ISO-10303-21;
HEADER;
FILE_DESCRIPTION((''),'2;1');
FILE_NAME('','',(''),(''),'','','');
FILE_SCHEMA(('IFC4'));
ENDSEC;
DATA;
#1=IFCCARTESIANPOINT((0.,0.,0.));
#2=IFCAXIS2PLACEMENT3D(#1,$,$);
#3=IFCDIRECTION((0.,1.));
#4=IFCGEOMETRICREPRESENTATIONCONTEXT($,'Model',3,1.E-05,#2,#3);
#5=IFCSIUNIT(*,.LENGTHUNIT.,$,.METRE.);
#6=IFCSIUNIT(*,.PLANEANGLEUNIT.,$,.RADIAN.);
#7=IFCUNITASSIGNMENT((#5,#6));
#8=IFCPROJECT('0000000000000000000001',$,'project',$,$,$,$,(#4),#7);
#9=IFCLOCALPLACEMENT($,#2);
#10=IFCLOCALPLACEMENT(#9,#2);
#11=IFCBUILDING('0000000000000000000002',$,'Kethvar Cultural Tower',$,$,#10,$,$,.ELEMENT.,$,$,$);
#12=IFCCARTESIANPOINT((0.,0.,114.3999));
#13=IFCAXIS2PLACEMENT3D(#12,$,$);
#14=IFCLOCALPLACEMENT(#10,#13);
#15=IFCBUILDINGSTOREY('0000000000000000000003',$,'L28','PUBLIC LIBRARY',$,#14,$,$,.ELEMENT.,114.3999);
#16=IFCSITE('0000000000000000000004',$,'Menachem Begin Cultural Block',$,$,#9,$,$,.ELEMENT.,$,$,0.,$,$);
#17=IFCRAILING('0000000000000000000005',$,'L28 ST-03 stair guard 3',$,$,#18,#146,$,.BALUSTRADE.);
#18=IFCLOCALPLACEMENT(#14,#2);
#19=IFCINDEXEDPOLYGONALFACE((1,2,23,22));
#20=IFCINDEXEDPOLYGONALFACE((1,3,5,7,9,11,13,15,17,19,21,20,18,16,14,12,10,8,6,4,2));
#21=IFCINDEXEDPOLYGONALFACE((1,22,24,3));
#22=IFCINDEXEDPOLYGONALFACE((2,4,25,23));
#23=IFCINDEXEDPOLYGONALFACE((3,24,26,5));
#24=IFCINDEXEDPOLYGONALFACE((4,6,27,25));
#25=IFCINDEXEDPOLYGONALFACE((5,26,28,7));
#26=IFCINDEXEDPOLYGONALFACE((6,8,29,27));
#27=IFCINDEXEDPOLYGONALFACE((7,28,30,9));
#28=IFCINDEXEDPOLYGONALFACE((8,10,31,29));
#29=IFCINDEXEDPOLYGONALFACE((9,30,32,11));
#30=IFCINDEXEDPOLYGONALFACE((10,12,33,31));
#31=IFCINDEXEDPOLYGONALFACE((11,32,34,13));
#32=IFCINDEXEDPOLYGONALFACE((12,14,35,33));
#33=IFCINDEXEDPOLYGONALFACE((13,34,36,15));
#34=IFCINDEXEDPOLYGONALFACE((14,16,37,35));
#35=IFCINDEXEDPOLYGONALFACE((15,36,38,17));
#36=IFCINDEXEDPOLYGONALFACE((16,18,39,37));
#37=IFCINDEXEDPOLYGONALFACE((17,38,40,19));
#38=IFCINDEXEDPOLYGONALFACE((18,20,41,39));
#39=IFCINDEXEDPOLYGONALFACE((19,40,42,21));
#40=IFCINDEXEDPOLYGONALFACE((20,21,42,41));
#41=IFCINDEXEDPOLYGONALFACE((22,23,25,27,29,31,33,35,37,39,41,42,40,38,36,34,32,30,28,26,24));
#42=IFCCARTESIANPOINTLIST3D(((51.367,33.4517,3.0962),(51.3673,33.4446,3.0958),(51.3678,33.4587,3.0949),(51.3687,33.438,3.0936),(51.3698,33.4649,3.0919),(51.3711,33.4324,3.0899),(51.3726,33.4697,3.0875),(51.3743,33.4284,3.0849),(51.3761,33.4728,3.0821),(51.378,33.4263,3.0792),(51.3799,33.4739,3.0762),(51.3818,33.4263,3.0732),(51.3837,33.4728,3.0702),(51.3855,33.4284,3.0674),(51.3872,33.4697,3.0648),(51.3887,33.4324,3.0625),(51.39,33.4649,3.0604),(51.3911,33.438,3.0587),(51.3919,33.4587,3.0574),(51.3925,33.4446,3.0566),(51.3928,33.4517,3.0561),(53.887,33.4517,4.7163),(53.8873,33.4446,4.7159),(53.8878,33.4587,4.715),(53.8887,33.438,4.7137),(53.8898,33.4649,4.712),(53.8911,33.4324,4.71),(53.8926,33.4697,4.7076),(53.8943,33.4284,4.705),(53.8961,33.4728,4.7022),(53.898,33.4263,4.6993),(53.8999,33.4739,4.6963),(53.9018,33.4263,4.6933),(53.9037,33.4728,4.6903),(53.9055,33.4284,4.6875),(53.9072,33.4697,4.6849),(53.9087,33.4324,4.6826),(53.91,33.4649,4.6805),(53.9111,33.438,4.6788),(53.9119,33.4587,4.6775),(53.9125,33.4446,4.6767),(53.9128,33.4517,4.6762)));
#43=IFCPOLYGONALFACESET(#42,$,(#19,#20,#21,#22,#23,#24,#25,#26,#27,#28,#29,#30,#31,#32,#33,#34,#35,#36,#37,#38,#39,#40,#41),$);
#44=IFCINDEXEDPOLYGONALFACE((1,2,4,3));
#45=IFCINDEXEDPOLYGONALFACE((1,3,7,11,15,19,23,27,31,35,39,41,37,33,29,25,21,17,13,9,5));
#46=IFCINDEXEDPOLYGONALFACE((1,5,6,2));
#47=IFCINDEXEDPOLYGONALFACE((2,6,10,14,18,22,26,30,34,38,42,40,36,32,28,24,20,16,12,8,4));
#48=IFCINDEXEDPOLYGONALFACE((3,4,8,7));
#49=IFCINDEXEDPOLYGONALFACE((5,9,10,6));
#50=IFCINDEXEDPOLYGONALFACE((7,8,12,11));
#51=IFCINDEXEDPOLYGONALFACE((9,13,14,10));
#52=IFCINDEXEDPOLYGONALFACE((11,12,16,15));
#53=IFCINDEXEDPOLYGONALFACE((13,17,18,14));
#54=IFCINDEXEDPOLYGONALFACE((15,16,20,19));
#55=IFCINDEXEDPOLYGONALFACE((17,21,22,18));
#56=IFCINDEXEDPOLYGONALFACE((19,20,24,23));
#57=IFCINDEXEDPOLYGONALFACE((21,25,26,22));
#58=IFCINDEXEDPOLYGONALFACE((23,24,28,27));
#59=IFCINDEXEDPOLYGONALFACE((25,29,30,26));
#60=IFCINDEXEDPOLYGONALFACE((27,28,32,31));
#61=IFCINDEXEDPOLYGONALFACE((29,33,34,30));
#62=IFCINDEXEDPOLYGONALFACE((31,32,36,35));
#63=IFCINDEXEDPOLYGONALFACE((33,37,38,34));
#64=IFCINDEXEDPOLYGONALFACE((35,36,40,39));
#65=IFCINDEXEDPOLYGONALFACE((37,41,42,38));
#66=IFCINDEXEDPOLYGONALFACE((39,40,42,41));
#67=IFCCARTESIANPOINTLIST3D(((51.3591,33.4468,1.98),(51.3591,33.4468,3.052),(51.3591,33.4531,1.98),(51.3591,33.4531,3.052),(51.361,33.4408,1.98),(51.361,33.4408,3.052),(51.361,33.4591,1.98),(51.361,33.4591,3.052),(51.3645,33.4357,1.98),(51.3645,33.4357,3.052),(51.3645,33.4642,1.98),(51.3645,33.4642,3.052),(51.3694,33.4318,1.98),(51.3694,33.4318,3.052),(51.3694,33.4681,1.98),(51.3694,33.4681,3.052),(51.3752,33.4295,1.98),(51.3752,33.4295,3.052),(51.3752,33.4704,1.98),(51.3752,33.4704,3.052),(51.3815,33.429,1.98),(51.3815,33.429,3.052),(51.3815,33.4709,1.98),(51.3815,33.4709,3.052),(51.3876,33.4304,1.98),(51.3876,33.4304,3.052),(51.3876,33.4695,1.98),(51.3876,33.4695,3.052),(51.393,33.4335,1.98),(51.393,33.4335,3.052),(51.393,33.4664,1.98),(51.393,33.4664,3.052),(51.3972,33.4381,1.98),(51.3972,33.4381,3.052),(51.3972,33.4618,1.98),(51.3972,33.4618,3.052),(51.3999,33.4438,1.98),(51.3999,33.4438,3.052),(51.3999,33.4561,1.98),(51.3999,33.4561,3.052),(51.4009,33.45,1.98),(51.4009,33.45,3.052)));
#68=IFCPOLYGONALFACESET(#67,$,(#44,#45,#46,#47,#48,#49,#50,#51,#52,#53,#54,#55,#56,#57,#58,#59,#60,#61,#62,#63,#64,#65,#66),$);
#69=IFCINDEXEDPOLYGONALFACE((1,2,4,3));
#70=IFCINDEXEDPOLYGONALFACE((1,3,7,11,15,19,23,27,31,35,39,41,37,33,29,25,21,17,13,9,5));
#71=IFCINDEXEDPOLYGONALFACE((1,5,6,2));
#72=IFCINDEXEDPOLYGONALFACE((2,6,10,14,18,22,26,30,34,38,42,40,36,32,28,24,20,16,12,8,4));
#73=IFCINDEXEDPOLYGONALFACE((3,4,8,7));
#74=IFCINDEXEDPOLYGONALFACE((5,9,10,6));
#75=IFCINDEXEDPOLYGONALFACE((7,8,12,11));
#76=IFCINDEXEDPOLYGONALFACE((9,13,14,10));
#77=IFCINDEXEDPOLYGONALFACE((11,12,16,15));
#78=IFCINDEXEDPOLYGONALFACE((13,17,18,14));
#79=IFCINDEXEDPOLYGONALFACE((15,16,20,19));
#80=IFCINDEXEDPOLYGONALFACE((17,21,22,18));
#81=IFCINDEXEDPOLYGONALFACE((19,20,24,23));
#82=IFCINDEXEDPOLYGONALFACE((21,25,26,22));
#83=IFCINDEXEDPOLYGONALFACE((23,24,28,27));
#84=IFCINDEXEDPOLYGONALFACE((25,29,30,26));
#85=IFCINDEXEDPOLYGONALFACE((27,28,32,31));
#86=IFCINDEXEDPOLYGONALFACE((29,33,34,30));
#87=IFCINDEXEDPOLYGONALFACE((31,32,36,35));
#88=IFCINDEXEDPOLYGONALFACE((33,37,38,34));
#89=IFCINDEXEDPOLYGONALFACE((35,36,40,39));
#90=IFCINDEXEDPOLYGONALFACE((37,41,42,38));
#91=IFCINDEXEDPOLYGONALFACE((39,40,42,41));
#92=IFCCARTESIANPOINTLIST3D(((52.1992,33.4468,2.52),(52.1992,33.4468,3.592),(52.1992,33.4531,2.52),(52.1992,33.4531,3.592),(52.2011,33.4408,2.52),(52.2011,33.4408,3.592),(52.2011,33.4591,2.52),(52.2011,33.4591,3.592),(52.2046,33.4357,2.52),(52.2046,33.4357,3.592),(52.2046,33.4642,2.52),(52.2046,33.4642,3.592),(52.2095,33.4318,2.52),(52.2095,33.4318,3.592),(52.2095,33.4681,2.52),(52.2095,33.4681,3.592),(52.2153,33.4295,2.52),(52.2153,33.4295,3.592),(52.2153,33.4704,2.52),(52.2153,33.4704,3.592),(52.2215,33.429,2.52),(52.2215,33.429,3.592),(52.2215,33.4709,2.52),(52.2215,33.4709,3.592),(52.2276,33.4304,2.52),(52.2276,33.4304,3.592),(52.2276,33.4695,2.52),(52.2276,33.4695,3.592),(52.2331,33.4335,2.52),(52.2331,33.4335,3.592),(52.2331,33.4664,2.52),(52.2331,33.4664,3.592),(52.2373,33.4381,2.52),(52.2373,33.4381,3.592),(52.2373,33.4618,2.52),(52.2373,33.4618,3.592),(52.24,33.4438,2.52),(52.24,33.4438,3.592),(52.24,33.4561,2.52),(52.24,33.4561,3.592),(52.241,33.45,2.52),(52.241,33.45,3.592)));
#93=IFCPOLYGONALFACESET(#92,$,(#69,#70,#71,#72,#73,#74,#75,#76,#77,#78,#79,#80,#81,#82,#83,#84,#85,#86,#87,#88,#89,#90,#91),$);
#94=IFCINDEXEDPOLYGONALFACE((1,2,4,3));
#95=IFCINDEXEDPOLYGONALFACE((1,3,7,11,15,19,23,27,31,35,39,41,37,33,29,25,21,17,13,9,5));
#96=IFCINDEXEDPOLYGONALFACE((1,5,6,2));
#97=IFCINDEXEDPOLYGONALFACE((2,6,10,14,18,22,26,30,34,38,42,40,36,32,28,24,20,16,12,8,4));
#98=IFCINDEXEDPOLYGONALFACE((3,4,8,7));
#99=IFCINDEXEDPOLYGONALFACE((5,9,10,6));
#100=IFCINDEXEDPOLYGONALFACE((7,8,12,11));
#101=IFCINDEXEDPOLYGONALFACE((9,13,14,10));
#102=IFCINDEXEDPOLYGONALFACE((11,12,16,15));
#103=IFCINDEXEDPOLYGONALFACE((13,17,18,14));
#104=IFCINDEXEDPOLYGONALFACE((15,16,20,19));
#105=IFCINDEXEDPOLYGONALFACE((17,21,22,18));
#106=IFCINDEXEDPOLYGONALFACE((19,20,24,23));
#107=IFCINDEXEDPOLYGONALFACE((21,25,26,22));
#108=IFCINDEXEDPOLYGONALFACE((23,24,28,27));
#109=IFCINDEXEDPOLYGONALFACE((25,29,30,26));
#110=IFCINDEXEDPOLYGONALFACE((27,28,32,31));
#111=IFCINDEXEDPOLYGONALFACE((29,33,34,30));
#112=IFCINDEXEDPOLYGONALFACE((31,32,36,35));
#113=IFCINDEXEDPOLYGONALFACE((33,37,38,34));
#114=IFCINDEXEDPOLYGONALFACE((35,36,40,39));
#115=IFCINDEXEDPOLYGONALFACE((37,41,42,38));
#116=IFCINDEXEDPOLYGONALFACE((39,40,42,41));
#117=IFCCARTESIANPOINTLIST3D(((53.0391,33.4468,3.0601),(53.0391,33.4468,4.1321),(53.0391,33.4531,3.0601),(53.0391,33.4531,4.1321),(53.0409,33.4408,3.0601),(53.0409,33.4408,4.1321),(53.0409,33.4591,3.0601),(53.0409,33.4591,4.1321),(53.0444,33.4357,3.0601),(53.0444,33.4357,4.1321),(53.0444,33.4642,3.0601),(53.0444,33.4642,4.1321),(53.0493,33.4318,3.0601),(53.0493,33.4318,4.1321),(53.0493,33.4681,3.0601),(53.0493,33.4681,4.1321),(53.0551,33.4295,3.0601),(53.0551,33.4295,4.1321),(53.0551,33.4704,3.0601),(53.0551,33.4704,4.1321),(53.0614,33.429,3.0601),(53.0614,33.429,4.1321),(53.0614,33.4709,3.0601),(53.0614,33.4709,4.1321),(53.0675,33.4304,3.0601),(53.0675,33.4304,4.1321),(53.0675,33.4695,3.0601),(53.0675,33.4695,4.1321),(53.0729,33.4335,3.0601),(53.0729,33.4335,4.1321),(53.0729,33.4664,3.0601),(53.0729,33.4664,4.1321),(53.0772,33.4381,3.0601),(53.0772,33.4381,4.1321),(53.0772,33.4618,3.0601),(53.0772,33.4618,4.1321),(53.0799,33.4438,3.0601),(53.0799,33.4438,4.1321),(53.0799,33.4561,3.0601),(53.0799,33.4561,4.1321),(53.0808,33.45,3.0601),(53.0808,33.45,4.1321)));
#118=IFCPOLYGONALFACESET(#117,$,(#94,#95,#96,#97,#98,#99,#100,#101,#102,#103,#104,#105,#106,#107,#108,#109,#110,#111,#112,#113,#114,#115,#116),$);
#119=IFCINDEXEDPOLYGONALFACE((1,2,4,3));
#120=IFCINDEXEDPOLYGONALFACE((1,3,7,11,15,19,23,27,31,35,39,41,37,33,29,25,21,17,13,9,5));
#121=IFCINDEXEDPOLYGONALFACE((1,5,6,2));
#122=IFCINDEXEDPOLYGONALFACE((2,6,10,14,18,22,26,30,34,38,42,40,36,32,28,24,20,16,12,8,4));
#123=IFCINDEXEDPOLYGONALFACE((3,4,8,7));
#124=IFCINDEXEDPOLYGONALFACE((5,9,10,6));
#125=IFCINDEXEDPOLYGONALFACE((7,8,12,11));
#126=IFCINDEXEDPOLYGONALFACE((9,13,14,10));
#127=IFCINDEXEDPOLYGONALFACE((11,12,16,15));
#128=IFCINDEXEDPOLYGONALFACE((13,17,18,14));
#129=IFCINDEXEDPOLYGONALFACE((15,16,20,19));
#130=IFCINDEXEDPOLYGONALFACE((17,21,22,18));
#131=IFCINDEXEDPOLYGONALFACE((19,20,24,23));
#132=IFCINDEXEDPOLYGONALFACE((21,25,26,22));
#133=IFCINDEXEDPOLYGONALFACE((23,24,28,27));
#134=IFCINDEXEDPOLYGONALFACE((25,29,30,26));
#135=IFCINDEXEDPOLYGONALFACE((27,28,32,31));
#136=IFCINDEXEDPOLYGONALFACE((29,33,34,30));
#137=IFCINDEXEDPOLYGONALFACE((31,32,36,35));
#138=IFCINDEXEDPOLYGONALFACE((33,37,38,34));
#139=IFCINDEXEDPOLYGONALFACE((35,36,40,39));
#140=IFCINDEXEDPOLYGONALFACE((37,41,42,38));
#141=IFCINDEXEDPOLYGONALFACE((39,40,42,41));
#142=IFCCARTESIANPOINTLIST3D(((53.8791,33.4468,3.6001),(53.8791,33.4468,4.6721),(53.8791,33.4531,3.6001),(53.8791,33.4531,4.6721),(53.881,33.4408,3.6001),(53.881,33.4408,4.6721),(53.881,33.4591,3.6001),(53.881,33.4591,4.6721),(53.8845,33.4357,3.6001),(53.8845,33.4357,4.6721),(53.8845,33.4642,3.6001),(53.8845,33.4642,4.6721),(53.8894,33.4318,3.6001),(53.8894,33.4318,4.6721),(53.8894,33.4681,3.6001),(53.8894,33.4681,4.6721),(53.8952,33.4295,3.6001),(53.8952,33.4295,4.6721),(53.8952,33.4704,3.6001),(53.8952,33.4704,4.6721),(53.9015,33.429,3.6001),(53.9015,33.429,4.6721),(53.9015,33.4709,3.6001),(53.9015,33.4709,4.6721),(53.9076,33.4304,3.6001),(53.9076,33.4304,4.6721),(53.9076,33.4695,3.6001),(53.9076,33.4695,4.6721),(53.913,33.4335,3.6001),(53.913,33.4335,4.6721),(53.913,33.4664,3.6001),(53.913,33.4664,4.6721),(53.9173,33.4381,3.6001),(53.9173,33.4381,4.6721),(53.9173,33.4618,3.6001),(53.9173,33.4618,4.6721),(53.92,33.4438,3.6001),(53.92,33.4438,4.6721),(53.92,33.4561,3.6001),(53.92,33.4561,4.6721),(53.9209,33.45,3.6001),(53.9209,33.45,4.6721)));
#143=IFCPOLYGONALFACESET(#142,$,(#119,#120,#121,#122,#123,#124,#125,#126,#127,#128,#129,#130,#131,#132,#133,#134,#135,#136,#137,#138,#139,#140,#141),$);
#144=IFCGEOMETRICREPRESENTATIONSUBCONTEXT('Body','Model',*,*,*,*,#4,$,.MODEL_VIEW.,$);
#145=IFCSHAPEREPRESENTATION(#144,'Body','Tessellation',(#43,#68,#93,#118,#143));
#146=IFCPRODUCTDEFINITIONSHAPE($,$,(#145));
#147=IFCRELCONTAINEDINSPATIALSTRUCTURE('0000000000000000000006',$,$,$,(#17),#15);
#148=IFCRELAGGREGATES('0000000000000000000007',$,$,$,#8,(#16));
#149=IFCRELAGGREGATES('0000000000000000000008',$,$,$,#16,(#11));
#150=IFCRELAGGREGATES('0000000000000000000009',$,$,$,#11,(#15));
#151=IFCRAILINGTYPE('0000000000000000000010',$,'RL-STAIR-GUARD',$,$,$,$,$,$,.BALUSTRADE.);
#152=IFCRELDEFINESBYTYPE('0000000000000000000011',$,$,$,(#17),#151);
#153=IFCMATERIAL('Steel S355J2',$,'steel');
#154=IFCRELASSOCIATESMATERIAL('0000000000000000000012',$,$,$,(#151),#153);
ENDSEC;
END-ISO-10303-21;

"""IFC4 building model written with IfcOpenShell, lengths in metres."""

from ifc_helpers import new_model, si_unit, direction, frame, origin, origin_2d, place, context, subcontext, project, spatial, circle, extrude, material, type_object, element, save


model = new_model("IFC4")

# Units and contexts
model_context = context("Model", 3, precision=1e-05, world=origin(), true_north=direction((0.0, 1.0)))
body_context = subcontext(model_context, "Body", "Model", "MODEL_VIEW")
ifc_project = project(units=[si_unit("LENGTHUNIT", "METRE"), si_unit("PLANEANGLEUNIT", "RADIAN")], contexts=[model_context])

# Site, building, storey
site_placement = place(None, origin())
site = spatial("IfcSite", under=ifc_project, at=site_placement, Name="Menachem Begin Cultural Block", CompositionType="ELEMENT", RefElevation=0.0)
building_placement = place(site_placement, origin())
building = spatial("IfcBuilding", under=site, at=building_placement, Name="Kethvar Cultural Tower", CompositionType="ELEMENT")
storey_placement = place(building_placement, frame((0.0, 0.0, 114.3999)))
storey = spatial("IfcBuildingStorey", under=building, at=storey_placement, Name="L28", Description="PUBLIC LIBRARY", CompositionType="ELEMENT", Elevation=114.3999)

# Shared definitions
ifc_material_1 = material(Name="Steel S355J2", Category="steel")

# Railing
railing_type_1 = type_object("IfcRailingType", Name="RL-STAIR-GUARD", PredefinedType="BALUSTRADE", material=ifc_material_1)
railing_1_placement = place(storey_placement, frame((51.3799, 33.45, 1.98)))
element("IfcRailing", 1, at=railing_1_placement, inside=storey, type_object=railing_type_1, Name="L28 ST-03 stair guard 3", PredefinedType="BALUSTRADE", context=body_context, shape_type="SweptSolid", body=[
    extrude(circle(Radius=0.0239, at=origin_2d()), frame((0.0, 0.0, 1.0962), z_axis=(0.841163, 0.0, 0.540782), x_axis=(0.0, 1.0, 0.0)), (0.0, 0.0, 1.0), 2.9958),
    extrude(circle(Radius=0.021, at=origin_2d()), origin(), (0.0, 0.0, 1.0), 1.072),
    extrude(circle(Radius=0.021, at=origin_2d()), frame((0.8401, 0.0, 0.54)), (0.0, 0.0, 1.0), 1.072),
    extrude(circle(Radius=0.021, at=origin_2d()), frame((1.6799, 0.0, 1.0801)), (0.0, 0.0, 1.0), 1.072),
    extrude(circle(Radius=0.021, at=origin_2d()), frame((2.52, 0.0, 1.6201)), (0.0, 0.0, 1.0), 1.072),
])

save(model, "model.ifc")
